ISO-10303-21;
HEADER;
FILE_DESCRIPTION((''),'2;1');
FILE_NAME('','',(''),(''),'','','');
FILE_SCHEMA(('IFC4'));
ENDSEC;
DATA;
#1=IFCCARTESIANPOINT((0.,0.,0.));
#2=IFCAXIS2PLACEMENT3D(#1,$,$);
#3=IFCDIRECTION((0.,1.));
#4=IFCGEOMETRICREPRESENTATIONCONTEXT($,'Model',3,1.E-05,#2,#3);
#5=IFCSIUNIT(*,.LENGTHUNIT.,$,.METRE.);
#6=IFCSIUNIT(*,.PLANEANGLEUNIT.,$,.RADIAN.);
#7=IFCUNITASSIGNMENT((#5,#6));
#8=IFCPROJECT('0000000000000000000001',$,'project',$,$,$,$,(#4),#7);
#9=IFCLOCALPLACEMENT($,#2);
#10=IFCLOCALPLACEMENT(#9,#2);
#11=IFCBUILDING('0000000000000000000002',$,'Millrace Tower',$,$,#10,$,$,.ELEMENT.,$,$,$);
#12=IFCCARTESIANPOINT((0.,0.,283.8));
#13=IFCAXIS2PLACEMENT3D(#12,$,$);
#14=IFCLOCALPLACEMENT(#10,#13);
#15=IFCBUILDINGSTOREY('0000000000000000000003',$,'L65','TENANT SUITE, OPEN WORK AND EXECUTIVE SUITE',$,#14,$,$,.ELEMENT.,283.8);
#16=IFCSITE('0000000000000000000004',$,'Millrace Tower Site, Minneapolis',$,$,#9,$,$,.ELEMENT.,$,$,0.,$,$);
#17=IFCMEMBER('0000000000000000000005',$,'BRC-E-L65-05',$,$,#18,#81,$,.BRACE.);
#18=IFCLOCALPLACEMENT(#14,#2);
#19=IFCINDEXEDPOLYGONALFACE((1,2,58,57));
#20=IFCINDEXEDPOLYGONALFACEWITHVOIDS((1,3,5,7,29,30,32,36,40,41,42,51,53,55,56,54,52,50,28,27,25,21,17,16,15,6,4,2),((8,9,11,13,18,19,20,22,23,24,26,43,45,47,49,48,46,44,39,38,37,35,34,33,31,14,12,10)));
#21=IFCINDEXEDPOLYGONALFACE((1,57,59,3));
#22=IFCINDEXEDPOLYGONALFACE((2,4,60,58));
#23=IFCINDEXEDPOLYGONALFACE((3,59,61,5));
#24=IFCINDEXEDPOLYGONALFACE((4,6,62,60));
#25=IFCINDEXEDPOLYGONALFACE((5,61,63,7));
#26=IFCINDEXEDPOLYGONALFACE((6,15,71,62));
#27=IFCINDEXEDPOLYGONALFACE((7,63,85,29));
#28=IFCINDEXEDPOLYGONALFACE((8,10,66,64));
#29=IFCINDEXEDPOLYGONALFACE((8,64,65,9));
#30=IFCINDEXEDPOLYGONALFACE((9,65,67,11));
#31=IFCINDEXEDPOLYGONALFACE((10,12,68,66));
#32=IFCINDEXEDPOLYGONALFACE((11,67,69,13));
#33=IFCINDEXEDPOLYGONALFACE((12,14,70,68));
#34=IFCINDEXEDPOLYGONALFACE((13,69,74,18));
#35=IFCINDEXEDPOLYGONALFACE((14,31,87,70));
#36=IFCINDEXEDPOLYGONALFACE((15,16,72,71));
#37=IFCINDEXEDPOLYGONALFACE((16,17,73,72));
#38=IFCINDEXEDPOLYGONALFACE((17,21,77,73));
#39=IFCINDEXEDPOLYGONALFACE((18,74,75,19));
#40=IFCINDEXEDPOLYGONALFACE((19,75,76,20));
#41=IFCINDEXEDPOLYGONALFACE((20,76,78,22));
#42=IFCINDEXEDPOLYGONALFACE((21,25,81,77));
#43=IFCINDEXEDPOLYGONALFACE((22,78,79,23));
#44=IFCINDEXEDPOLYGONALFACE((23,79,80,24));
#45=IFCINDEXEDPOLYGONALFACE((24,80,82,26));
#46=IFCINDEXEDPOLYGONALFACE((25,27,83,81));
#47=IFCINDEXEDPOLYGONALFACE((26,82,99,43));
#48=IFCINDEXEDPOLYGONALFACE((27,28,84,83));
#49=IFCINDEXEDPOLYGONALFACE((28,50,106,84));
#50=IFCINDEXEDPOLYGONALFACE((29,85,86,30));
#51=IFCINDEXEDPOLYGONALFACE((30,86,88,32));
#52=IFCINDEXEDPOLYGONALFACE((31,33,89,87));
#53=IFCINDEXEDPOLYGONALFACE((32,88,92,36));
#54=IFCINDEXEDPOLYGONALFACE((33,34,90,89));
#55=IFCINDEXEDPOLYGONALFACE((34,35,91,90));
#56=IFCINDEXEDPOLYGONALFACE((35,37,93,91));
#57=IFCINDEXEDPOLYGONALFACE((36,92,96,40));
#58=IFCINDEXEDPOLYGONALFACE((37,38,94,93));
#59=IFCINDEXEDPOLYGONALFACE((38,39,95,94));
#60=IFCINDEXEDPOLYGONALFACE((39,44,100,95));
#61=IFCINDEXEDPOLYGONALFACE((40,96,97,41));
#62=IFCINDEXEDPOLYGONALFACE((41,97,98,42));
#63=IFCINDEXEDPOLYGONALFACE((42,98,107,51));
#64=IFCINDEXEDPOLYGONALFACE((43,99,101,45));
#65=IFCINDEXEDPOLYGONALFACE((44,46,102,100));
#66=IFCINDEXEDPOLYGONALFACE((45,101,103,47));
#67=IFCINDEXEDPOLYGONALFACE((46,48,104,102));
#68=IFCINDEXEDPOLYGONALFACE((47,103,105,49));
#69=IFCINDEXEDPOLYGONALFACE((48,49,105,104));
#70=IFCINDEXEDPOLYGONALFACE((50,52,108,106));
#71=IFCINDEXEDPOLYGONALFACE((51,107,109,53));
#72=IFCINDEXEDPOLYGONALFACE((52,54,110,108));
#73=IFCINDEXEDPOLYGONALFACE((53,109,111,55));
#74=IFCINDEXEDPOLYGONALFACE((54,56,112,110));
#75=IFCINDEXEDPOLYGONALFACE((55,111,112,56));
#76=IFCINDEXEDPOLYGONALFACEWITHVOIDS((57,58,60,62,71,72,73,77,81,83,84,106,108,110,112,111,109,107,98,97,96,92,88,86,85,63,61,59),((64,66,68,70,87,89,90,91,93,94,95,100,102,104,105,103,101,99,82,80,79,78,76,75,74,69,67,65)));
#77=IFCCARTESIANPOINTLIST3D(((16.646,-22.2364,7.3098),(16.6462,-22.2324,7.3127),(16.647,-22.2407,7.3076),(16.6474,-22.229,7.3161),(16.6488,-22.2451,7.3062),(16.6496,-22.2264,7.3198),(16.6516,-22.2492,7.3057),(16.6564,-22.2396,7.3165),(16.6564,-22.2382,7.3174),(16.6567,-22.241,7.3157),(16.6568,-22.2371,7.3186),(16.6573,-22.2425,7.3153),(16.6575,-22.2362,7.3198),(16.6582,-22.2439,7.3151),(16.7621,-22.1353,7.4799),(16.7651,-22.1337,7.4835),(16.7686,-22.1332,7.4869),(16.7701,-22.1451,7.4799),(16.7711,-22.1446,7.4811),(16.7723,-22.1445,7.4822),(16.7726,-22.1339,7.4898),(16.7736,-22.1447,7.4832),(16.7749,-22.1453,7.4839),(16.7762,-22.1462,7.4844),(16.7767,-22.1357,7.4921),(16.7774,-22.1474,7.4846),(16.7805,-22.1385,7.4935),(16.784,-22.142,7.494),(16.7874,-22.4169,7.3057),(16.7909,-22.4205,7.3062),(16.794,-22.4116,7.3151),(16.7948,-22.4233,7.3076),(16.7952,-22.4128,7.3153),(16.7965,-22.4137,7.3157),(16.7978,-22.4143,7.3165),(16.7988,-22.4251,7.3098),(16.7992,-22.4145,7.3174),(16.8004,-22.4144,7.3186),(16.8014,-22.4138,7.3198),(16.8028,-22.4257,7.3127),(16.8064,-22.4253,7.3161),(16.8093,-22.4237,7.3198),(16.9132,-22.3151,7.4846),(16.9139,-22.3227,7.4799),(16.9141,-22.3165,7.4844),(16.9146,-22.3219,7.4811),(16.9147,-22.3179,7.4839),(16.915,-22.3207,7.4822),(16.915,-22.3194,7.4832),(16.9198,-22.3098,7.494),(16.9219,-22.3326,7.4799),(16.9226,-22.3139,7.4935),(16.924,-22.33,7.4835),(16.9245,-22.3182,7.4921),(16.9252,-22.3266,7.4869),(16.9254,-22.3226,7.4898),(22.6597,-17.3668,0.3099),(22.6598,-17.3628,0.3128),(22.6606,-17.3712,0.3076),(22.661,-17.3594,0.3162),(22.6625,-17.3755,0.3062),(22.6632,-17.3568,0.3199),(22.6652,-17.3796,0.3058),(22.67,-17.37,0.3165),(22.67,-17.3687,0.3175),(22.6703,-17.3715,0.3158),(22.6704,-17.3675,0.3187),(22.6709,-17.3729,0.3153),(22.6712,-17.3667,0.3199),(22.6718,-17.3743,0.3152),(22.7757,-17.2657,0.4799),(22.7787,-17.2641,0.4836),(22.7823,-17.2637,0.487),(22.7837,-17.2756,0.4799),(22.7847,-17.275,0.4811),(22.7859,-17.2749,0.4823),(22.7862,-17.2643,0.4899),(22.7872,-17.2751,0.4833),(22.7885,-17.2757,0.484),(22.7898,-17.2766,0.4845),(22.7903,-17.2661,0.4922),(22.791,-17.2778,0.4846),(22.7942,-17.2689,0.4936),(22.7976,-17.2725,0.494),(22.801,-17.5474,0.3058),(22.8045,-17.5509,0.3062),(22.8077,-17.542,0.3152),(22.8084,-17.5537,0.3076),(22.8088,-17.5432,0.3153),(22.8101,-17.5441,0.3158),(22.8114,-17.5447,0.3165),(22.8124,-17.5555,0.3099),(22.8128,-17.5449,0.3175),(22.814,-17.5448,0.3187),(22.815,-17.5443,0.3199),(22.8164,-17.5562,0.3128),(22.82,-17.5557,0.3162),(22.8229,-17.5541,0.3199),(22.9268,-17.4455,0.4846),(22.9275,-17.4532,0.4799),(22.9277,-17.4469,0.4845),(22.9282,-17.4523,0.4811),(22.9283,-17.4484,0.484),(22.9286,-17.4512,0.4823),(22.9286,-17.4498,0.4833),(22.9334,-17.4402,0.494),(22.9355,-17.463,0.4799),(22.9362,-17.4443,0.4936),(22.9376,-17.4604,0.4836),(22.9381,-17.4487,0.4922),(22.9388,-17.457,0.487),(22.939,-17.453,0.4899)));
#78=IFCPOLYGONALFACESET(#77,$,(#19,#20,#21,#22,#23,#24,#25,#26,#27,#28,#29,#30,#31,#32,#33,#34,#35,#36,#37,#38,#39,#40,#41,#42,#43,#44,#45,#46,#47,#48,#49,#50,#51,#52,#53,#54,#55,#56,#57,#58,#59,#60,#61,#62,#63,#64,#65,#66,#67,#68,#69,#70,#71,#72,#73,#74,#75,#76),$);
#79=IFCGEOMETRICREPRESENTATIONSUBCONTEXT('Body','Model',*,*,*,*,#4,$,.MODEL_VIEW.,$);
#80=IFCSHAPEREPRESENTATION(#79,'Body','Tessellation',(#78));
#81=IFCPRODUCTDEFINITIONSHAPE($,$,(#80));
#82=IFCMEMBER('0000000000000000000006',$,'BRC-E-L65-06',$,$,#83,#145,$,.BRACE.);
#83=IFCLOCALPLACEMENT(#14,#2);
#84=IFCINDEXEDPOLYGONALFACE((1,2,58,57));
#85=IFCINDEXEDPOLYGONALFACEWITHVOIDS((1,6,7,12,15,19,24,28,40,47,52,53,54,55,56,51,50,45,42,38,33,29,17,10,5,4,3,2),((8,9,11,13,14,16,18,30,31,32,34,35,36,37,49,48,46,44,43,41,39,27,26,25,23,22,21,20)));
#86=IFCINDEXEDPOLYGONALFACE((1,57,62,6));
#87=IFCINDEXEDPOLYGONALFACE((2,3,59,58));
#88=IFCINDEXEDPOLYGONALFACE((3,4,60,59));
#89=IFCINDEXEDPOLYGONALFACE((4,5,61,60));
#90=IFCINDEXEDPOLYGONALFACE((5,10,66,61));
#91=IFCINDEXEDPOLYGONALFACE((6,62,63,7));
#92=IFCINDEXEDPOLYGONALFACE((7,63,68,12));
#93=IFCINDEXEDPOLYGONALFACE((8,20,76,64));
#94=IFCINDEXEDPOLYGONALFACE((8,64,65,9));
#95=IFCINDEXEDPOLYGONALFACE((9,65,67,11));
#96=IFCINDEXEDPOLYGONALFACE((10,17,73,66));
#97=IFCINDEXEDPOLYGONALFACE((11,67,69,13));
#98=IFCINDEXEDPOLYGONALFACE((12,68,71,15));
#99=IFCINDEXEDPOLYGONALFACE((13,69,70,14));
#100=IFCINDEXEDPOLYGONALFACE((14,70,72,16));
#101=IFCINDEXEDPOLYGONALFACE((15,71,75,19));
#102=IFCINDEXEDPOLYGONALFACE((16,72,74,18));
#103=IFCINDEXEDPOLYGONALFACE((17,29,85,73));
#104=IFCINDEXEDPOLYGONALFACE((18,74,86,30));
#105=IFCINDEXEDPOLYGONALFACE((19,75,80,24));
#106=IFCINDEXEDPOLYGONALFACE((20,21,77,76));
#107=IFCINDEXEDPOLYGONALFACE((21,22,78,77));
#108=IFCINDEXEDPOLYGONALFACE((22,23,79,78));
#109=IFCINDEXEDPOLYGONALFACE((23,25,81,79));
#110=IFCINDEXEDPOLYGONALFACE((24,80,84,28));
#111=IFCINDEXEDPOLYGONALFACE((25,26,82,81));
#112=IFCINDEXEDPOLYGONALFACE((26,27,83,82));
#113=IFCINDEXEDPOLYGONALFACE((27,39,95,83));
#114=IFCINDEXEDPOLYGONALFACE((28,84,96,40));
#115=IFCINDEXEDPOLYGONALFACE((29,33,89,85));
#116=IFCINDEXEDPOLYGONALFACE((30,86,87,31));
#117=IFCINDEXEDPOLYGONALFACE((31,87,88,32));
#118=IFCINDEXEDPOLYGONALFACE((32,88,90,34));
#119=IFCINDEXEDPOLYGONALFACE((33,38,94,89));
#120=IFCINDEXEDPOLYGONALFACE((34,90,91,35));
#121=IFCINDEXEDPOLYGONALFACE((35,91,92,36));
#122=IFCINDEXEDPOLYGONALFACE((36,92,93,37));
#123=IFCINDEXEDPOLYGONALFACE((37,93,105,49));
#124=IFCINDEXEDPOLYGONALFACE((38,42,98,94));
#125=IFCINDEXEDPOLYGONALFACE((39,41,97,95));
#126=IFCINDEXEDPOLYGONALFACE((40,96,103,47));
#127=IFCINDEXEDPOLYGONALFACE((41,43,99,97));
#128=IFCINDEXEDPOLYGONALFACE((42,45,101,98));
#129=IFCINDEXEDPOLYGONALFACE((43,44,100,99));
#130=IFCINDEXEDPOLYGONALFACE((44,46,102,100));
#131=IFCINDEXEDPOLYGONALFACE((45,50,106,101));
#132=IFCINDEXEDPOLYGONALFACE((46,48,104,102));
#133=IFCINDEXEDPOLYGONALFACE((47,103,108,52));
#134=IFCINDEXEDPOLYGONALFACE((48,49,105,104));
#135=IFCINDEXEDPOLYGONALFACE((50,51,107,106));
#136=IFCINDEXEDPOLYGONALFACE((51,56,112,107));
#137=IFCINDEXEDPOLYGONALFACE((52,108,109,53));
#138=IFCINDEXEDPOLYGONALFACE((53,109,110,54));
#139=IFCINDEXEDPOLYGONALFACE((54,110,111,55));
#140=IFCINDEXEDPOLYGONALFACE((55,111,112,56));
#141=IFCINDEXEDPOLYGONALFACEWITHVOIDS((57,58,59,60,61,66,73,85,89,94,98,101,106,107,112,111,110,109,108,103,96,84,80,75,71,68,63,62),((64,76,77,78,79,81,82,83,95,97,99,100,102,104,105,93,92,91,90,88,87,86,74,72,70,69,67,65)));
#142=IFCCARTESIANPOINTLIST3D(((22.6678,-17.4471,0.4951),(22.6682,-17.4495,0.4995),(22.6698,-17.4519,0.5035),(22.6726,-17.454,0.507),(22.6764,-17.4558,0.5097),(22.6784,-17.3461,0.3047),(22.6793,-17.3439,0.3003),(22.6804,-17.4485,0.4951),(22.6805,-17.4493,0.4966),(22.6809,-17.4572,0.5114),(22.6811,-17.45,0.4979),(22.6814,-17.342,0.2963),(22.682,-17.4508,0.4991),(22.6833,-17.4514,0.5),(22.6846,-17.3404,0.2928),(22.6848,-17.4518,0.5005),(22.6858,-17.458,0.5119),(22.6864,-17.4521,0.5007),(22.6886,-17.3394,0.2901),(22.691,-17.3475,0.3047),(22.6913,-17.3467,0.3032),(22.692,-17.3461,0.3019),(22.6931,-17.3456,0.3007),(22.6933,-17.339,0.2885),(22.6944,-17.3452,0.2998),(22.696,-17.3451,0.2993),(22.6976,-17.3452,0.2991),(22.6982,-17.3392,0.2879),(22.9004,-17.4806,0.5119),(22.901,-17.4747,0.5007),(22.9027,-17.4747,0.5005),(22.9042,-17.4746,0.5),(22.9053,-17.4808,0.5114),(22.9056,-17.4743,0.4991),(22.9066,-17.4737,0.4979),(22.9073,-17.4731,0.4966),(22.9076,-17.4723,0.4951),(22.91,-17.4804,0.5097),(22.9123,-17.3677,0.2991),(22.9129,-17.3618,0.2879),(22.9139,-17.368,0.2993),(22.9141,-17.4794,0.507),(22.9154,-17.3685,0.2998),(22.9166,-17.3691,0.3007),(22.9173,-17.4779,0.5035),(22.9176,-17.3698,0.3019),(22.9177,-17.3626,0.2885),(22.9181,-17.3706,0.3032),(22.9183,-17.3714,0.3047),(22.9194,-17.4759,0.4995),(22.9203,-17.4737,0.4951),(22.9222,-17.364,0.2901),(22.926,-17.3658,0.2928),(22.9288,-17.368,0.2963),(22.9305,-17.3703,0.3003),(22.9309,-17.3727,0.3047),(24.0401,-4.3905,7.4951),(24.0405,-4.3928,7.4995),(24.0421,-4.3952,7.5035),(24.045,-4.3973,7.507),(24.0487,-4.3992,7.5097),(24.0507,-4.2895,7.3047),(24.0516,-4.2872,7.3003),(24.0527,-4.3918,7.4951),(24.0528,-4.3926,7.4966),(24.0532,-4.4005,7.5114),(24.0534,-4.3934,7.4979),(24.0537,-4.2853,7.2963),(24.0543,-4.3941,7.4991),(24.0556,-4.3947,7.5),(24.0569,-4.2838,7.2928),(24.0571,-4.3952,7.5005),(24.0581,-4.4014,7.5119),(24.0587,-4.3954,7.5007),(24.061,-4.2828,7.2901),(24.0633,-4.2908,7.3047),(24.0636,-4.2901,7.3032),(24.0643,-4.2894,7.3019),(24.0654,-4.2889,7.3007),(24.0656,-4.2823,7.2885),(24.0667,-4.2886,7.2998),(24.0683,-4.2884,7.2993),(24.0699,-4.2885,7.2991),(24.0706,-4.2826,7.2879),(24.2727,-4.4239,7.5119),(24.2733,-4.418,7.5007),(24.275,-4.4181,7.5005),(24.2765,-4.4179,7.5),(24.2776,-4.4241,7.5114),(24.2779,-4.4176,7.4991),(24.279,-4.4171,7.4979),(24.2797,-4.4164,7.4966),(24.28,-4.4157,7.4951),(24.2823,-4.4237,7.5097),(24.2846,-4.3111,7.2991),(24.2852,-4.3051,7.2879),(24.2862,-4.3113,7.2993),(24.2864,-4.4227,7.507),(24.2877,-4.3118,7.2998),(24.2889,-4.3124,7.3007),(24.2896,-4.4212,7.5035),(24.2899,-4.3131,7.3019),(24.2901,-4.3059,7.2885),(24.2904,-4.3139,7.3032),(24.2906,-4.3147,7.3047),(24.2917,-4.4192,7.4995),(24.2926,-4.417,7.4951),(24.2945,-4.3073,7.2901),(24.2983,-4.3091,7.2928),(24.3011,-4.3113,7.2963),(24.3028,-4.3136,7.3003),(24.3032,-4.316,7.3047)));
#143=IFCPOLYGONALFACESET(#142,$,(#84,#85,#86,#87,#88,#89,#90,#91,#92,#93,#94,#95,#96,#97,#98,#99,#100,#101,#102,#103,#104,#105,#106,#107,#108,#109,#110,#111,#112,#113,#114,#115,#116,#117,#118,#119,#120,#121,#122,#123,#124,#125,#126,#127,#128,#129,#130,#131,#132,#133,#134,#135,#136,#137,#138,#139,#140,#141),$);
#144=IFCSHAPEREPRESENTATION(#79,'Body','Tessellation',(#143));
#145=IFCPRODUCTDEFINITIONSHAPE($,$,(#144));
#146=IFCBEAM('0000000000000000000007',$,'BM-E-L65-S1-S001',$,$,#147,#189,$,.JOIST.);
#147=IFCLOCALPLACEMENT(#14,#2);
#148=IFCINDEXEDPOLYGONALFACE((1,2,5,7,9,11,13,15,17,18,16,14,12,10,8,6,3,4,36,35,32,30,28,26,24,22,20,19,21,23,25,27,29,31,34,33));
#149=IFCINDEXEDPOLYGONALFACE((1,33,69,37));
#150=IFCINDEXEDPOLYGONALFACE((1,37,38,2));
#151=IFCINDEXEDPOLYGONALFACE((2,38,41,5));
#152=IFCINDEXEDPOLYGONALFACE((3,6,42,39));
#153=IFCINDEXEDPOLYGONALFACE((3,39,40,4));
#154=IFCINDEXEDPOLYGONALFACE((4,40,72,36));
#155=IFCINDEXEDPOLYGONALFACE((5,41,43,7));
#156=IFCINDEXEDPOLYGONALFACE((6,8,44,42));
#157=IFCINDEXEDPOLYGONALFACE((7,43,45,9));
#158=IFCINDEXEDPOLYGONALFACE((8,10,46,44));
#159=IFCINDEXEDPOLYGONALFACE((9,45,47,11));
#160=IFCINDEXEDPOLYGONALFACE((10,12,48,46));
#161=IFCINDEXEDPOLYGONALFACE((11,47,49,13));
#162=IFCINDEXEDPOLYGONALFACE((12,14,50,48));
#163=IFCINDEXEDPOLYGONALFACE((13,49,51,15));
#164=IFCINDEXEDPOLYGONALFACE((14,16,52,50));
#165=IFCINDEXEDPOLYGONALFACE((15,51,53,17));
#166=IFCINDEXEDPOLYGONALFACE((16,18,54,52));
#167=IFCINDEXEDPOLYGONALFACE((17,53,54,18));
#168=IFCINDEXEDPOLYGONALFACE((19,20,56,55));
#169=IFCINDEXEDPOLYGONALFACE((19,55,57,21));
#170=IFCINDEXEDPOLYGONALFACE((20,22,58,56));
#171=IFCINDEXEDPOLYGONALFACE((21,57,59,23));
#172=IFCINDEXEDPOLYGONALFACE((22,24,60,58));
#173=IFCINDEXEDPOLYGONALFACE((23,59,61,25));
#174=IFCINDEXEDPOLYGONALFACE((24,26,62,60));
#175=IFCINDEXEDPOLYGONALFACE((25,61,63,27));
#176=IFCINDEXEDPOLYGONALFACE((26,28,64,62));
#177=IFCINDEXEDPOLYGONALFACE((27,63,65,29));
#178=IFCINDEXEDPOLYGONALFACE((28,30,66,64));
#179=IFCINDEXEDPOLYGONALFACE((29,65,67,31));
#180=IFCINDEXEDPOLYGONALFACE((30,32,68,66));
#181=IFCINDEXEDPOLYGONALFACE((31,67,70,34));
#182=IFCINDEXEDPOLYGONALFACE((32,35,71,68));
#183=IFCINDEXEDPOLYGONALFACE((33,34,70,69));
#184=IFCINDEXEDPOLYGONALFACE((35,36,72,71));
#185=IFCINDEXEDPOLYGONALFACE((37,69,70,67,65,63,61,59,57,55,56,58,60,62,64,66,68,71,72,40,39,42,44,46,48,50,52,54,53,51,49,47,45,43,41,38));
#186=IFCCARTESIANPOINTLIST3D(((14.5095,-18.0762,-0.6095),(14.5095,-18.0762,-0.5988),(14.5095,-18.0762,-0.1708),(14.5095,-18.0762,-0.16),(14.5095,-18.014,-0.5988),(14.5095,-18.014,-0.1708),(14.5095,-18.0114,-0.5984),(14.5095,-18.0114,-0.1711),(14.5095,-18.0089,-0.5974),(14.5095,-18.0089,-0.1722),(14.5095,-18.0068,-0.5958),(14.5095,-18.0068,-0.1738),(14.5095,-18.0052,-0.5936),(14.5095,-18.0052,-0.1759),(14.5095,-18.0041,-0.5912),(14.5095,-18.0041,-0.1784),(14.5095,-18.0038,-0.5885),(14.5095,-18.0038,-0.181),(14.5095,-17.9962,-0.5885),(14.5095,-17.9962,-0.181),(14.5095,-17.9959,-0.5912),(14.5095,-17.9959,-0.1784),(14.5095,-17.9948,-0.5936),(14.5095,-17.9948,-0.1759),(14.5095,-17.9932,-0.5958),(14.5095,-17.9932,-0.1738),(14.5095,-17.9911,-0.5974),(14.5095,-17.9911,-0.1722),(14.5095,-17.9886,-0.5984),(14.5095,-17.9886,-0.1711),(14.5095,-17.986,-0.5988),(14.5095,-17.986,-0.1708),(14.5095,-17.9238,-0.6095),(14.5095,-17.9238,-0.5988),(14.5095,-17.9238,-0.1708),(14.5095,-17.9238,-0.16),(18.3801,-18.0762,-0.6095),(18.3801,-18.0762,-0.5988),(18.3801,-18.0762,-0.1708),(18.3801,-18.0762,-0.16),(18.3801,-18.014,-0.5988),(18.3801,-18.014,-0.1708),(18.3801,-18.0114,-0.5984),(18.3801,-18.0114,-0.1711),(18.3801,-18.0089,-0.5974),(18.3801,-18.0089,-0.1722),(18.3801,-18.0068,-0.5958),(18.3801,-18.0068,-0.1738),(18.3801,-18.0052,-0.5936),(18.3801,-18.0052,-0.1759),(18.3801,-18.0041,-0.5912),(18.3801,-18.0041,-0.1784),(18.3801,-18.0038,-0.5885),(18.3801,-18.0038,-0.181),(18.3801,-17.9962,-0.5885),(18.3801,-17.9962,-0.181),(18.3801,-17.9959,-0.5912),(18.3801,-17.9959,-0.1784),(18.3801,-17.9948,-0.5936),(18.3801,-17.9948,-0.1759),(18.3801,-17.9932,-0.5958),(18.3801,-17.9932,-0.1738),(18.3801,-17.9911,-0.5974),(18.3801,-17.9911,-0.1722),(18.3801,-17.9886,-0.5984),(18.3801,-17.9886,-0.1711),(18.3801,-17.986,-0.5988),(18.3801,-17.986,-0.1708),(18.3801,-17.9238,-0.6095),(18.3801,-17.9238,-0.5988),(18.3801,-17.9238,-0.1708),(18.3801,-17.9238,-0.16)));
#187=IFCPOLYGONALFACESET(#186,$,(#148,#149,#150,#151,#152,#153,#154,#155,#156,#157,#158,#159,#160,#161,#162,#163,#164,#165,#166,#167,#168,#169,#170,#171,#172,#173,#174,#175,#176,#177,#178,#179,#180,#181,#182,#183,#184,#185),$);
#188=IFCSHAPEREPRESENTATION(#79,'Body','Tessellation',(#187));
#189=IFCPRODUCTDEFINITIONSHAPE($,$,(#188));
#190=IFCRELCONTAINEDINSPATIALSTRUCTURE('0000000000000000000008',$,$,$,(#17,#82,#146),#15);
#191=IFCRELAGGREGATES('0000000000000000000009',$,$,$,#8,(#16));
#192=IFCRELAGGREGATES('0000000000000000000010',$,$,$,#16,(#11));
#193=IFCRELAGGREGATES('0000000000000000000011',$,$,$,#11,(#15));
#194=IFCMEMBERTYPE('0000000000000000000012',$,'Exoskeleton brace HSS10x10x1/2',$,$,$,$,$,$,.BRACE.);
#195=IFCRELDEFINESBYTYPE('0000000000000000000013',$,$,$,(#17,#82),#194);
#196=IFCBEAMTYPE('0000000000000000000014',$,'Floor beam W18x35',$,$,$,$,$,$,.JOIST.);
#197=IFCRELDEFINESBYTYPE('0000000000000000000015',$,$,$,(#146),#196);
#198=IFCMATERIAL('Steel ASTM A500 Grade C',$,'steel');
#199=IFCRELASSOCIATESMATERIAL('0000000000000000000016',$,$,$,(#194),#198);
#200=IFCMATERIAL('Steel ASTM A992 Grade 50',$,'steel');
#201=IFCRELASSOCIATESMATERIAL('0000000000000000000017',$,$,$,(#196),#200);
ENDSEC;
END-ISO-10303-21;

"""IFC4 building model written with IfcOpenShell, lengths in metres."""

from ifc_helpers import new_model, si_unit, direction, frame, origin, origin_2d, place, context, subcontext, project, spatial, hollow_rectangle, i_section, extrude, material, material_profile, profile_set, type_object, element, save


model = new_model("IFC4")

# Units and contexts
model_context = context("Model", 3, precision=1e-05, world=origin(), true_north=direction((0.0, 1.0)))
body_context = subcontext(model_context, "Body", "Model", "MODEL_VIEW")
ifc_project = project(units=[si_unit("LENGTHUNIT", "METRE"), si_unit("PLANEANGLEUNIT", "RADIAN")], contexts=[model_context])

# Site, building, storey
site_placement = place(None, origin())
site = spatial("IfcSite", under=ifc_project, at=site_placement, Name="Millrace Tower Site, Minneapolis", CompositionType="ELEMENT", RefElevation=0.0)
building_placement = place(site_placement, origin())
building = spatial("IfcBuilding", under=site, at=building_placement, Name="Millrace Tower", CompositionType="ELEMENT")
storey_placement = place(building_placement, frame((0.0, 0.0, 283.8)))
storey = spatial("IfcBuildingStorey", under=building, at=storey_placement, Name="L65", Description="TENANT SUITE, OPEN WORK AND EXECUTIVE SUITE", CompositionType="ELEMENT", Elevation=283.8)

# Members
ifc_material_1 = material(Name="Steel ASTM A500 Grade C", Category="steel")
ifc_material_profile_1 = material_profile(ifc_material_1, hollow_rectangle(XDim=0.2539, YDim=0.2539, WallThickness=0.0127, InnerFilletRadius=0.0063, OuterFilletRadius=0.019, at=origin_2d()))
ifc_profile_set_1 = profile_set([ifc_material_profile_1], Name="Steel ASTM A500 Grade C")
member_type_1 = type_object("IfcMemberType", Name="Exoskeleton brace HSS10x10x1/2", PredefinedType="BRACE", material=ifc_profile_set_1)
member_1_placement = place(storey_placement, frame((22.7993, -17.4099, 0.3999), z_axis=(-0.576329, -0.466688, 0.670855), x_axis=(0.629309, -0.777155, 0.0)))
element("IfcMember", 1, at=member_1_placement, inside=storey, type_object=member_type_1, Name="BRC-E-L65-05", PredefinedType="BRACE", context=body_context, shape_type="SweptSolid", body=[
    extrude(hollow_rectangle(XDim=0.2539, YDim=0.2539, WallThickness=0.0127, InnerFilletRadius=0.0063, OuterFilletRadius=0.019, at=origin_2d()), origin(), (0.0, 0.0, 1.0), 10.4343),
])
member_2_placement = place(storey_placement, frame((22.7993, -17.4099, 0.3999), z_axis=(0.092237, 0.877572, 0.470489), x_axis=(-0.994522, 0.104529, 0.0)))
element("IfcMember", 2, at=member_2_placement, inside=storey, type_object=member_type_1, Name="BRC-E-L65-06", PredefinedType="BRACE", context=body_context, shape_type="SweptSolid", body=[
    extrude(hollow_rectangle(XDim=0.2539, YDim=0.2539, WallThickness=0.0127, InnerFilletRadius=0.0063, OuterFilletRadius=0.019, at=origin_2d()), origin(), (0.0, 0.0, 1.0), 14.8782),
])

# Beam
ifc_material_2 = material(Name="Steel ASTM A992 Grade 50", Category="steel")
ifc_material_profile_2 = material_profile(ifc_material_2, i_section(OverallWidth=0.1523, OverallDepth=0.4495, WebThickness=0.0076, FlangeThickness=0.0107, FilletRadius=0.0103, at=origin_2d()))
ifc_profile_set_2 = profile_set([ifc_material_profile_2], Name="Steel ASTM A992 Grade 50")
beam_type_1 = type_object("IfcBeamType", Name="Floor beam W18x35", PredefinedType="JOIST", material=ifc_profile_set_2)
beam_1_placement = place(storey_placement, frame((14.5095, -18.0, -0.3848), z_axis=(1.0, 0.0, 0.0), x_axis=(0.0, 1.0, 0.0)))
element("IfcBeam", 3, at=beam_1_placement, inside=storey, type_object=beam_type_1, Name="BM-E-L65-S1-S001", PredefinedType="JOIST", context=body_context, shape_type="SweptSolid", body=[
    extrude(i_section(OverallWidth=0.1523, OverallDepth=0.4495, WebThickness=0.0076, FlangeThickness=0.0107, FilletRadius=0.0103, at=origin_2d()), origin(), (0.0, 0.0, 1.0), 3.8706),
])

save(model, "model.ifc")
